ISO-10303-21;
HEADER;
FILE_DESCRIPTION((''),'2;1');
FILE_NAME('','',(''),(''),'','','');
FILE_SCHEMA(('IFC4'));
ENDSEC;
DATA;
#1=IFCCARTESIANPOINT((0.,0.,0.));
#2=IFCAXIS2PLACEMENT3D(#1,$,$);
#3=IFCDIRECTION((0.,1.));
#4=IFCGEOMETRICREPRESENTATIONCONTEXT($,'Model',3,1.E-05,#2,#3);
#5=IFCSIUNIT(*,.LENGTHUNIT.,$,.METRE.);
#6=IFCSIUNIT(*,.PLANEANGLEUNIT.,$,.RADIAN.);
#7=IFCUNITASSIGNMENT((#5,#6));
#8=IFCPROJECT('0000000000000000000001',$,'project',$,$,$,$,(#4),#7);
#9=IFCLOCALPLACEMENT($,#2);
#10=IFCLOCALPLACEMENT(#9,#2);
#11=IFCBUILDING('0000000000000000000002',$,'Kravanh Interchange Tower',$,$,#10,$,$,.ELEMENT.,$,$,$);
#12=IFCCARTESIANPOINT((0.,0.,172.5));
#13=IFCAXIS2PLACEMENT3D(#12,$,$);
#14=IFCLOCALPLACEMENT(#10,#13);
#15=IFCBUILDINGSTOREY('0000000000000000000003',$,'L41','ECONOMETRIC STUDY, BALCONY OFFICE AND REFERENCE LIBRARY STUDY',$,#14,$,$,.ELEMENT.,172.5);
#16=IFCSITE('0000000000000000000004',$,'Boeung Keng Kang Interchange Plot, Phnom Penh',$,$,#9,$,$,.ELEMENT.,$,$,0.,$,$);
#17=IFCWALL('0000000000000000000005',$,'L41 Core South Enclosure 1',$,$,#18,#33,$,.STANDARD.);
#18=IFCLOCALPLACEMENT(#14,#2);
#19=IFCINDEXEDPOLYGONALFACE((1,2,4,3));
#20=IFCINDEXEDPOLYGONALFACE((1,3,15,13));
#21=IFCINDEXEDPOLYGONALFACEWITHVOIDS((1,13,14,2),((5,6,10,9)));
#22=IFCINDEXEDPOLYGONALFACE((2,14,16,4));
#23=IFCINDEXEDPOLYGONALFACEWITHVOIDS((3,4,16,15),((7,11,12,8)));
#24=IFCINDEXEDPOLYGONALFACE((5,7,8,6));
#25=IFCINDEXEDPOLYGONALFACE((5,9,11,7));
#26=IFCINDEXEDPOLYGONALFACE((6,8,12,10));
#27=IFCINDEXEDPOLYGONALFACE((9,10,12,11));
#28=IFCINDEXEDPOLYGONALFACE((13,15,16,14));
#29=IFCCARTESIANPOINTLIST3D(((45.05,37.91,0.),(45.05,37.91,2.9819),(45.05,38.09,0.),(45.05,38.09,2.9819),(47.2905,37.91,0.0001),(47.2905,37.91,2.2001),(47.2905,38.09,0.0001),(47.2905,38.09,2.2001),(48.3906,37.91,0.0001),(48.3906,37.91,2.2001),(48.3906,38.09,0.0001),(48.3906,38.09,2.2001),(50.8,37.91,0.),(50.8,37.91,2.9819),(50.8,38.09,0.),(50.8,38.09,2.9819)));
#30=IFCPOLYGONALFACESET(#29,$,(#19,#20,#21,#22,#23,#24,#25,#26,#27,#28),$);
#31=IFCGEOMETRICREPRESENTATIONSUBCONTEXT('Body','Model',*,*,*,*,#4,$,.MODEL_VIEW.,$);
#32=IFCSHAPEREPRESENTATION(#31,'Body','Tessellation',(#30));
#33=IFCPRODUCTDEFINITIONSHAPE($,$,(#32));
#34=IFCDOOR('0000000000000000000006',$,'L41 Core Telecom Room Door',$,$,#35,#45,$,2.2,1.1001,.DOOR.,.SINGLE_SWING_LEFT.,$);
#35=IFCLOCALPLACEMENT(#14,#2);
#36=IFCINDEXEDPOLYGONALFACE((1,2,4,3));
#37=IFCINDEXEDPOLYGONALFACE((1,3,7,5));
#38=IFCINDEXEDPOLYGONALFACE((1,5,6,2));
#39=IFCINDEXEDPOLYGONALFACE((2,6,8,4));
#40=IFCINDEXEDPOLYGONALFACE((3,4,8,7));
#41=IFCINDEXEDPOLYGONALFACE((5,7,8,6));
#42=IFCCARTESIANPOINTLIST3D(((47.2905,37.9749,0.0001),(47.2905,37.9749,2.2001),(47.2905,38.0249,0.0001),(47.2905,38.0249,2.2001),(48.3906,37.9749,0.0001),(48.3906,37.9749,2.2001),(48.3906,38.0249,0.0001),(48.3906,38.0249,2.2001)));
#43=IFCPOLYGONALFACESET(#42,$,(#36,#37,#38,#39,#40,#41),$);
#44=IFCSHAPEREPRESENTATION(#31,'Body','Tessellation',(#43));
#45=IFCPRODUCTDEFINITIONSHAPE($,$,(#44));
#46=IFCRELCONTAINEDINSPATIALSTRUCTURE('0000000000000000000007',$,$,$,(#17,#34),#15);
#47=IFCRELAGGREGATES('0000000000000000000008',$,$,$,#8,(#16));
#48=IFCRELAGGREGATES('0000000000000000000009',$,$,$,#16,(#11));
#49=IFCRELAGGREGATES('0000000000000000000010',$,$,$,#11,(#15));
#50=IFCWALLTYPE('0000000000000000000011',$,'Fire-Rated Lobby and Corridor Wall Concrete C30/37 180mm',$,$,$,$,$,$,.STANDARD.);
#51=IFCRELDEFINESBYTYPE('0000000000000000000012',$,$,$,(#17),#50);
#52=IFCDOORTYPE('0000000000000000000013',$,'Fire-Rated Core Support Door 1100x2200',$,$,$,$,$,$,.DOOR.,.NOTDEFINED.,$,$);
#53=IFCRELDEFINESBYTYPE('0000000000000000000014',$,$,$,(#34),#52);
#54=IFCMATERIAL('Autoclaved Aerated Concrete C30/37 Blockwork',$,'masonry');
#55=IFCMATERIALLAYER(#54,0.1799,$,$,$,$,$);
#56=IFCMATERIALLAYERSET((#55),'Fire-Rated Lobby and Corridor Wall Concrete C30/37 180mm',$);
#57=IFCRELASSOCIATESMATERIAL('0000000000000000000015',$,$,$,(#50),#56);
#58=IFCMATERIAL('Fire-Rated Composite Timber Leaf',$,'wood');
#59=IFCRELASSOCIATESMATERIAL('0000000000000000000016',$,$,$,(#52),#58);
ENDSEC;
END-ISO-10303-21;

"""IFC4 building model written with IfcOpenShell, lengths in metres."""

from ifc_helpers import new_model, si_unit, direction, frame, frame_2d, origin, place, context, subcontext, project, spatial, rectangle, extrude, material, layer, layer_set, type_object, element, fill, save


model = new_model("IFC4")

# Units and contexts
model_context = context("Model", 3, precision=1e-05, world=origin(), true_north=direction((0.0, 1.0)))
body_context = subcontext(model_context, "Body", "Model", "MODEL_VIEW")
ifc_project = project(units=[si_unit("LENGTHUNIT", "METRE"), si_unit("PLANEANGLEUNIT", "RADIAN")], contexts=[model_context])

# Site, building, storey
site_placement = place(None, origin())
site = spatial("IfcSite", under=ifc_project, at=site_placement, Name="Boeung Keng Kang Interchange Plot, Phnom Penh", CompositionType="ELEMENT", RefElevation=0.0)
building_placement = place(site_placement, origin())
building = spatial("IfcBuilding", under=site, at=building_placement, Name="Kravanh Interchange Tower", CompositionType="ELEMENT")
storey_placement = place(building_placement, frame((0.0, 0.0, 172.5)))
storey = spatial("IfcBuildingStorey", under=building, at=storey_placement, Name="L41", Description="ECONOMETRIC STUDY, BALCONY OFFICE AND REFERENCE LIBRARY STUDY", CompositionType="ELEMENT", Elevation=172.5)

# Wall, opening, door
ifc_material_1 = material(Name="Autoclaved Aerated Concrete C30/37 Blockwork", Category="masonry")
ifc_layer_1 = layer(ifc_material_1, 0.1799)
ifc_layer_set_1 = layer_set([ifc_layer_1], Name="Fire-Rated Lobby and Corridor Wall Concrete C30/37 180mm")
wall_type_1 = type_object("IfcWallType", Name="Fire-Rated Lobby and Corridor Wall Concrete C30/37 180mm", PredefinedType="STANDARD", material=ifc_layer_set_1)
wall_1_placement = place(storey_placement, frame((45.05, 38.0, 0.0), z_axis=(0.0, 0.0, 1.0), x_axis=(1.0, 0.0, 0.0)))
wall_1 = element("IfcWall", 1, at=wall_1_placement, inside=storey, type_object=wall_type_1, Name="L41 Core South Enclosure 1", PredefinedType="STANDARD", context=body_context, shape_type="SweptSolid", body=[
    extrude(rectangle(XDim=5.75, YDim=0.1799, at=frame_2d((2.875, 0.0))), origin(), (0.0, 0.0, 1.0), 2.9819),
])
opening_1_placement = place(wall_1_placement, frame((2.2405, 0.0, 0.0)))
opening_1 = element("IfcOpeningElement", 2, at=opening_1_placement, cuts=wall_1, PredefinedType="OPENING", context=body_context, shape_type="SweptSolid", body=[
    extrude(rectangle(XDim=1.1001, YDim=2.2, at=frame_2d((0.55, 1.1001))), frame((0.0, 0.1001, 0.0), z_axis=(0.0, -1.0, 0.0), x_axis=(1.0, 0.0, 0.0)), (0.0, 0.0, 1.0), 0.2),
])
ifc_material_2 = material(Name="Fire-Rated Composite Timber Leaf", Category="wood")
door_type_1 = type_object("IfcDoorType", Name="Fire-Rated Core Support Door 1100x2200", OperationType="NOTDEFINED", PredefinedType="DOOR", material=ifc_material_2)
door_1_placement = place(opening_1_placement, origin())
door_1 = element("IfcDoor", 3, at=door_1_placement, inside=storey, type_object=door_type_1, Name="L41 Core Telecom Room Door", OperationType="SINGLE_SWING_LEFT", OverallHeight=2.2, OverallWidth=1.1001, PredefinedType="DOOR", context=body_context, shape_type="SweptSolid", body=[
    extrude(rectangle(XDim=1.1001, YDim=2.2, at=frame_2d((0.55, 1.1001))), frame((0.0, 0.0249, 0.0), z_axis=(0.0, -1.0, 0.0), x_axis=(1.0, 0.0, 0.0)), (0.0, 0.0, 1.0), 0.05),
])
fill(opening_1, door_1)

save(model, "model.ifc")
